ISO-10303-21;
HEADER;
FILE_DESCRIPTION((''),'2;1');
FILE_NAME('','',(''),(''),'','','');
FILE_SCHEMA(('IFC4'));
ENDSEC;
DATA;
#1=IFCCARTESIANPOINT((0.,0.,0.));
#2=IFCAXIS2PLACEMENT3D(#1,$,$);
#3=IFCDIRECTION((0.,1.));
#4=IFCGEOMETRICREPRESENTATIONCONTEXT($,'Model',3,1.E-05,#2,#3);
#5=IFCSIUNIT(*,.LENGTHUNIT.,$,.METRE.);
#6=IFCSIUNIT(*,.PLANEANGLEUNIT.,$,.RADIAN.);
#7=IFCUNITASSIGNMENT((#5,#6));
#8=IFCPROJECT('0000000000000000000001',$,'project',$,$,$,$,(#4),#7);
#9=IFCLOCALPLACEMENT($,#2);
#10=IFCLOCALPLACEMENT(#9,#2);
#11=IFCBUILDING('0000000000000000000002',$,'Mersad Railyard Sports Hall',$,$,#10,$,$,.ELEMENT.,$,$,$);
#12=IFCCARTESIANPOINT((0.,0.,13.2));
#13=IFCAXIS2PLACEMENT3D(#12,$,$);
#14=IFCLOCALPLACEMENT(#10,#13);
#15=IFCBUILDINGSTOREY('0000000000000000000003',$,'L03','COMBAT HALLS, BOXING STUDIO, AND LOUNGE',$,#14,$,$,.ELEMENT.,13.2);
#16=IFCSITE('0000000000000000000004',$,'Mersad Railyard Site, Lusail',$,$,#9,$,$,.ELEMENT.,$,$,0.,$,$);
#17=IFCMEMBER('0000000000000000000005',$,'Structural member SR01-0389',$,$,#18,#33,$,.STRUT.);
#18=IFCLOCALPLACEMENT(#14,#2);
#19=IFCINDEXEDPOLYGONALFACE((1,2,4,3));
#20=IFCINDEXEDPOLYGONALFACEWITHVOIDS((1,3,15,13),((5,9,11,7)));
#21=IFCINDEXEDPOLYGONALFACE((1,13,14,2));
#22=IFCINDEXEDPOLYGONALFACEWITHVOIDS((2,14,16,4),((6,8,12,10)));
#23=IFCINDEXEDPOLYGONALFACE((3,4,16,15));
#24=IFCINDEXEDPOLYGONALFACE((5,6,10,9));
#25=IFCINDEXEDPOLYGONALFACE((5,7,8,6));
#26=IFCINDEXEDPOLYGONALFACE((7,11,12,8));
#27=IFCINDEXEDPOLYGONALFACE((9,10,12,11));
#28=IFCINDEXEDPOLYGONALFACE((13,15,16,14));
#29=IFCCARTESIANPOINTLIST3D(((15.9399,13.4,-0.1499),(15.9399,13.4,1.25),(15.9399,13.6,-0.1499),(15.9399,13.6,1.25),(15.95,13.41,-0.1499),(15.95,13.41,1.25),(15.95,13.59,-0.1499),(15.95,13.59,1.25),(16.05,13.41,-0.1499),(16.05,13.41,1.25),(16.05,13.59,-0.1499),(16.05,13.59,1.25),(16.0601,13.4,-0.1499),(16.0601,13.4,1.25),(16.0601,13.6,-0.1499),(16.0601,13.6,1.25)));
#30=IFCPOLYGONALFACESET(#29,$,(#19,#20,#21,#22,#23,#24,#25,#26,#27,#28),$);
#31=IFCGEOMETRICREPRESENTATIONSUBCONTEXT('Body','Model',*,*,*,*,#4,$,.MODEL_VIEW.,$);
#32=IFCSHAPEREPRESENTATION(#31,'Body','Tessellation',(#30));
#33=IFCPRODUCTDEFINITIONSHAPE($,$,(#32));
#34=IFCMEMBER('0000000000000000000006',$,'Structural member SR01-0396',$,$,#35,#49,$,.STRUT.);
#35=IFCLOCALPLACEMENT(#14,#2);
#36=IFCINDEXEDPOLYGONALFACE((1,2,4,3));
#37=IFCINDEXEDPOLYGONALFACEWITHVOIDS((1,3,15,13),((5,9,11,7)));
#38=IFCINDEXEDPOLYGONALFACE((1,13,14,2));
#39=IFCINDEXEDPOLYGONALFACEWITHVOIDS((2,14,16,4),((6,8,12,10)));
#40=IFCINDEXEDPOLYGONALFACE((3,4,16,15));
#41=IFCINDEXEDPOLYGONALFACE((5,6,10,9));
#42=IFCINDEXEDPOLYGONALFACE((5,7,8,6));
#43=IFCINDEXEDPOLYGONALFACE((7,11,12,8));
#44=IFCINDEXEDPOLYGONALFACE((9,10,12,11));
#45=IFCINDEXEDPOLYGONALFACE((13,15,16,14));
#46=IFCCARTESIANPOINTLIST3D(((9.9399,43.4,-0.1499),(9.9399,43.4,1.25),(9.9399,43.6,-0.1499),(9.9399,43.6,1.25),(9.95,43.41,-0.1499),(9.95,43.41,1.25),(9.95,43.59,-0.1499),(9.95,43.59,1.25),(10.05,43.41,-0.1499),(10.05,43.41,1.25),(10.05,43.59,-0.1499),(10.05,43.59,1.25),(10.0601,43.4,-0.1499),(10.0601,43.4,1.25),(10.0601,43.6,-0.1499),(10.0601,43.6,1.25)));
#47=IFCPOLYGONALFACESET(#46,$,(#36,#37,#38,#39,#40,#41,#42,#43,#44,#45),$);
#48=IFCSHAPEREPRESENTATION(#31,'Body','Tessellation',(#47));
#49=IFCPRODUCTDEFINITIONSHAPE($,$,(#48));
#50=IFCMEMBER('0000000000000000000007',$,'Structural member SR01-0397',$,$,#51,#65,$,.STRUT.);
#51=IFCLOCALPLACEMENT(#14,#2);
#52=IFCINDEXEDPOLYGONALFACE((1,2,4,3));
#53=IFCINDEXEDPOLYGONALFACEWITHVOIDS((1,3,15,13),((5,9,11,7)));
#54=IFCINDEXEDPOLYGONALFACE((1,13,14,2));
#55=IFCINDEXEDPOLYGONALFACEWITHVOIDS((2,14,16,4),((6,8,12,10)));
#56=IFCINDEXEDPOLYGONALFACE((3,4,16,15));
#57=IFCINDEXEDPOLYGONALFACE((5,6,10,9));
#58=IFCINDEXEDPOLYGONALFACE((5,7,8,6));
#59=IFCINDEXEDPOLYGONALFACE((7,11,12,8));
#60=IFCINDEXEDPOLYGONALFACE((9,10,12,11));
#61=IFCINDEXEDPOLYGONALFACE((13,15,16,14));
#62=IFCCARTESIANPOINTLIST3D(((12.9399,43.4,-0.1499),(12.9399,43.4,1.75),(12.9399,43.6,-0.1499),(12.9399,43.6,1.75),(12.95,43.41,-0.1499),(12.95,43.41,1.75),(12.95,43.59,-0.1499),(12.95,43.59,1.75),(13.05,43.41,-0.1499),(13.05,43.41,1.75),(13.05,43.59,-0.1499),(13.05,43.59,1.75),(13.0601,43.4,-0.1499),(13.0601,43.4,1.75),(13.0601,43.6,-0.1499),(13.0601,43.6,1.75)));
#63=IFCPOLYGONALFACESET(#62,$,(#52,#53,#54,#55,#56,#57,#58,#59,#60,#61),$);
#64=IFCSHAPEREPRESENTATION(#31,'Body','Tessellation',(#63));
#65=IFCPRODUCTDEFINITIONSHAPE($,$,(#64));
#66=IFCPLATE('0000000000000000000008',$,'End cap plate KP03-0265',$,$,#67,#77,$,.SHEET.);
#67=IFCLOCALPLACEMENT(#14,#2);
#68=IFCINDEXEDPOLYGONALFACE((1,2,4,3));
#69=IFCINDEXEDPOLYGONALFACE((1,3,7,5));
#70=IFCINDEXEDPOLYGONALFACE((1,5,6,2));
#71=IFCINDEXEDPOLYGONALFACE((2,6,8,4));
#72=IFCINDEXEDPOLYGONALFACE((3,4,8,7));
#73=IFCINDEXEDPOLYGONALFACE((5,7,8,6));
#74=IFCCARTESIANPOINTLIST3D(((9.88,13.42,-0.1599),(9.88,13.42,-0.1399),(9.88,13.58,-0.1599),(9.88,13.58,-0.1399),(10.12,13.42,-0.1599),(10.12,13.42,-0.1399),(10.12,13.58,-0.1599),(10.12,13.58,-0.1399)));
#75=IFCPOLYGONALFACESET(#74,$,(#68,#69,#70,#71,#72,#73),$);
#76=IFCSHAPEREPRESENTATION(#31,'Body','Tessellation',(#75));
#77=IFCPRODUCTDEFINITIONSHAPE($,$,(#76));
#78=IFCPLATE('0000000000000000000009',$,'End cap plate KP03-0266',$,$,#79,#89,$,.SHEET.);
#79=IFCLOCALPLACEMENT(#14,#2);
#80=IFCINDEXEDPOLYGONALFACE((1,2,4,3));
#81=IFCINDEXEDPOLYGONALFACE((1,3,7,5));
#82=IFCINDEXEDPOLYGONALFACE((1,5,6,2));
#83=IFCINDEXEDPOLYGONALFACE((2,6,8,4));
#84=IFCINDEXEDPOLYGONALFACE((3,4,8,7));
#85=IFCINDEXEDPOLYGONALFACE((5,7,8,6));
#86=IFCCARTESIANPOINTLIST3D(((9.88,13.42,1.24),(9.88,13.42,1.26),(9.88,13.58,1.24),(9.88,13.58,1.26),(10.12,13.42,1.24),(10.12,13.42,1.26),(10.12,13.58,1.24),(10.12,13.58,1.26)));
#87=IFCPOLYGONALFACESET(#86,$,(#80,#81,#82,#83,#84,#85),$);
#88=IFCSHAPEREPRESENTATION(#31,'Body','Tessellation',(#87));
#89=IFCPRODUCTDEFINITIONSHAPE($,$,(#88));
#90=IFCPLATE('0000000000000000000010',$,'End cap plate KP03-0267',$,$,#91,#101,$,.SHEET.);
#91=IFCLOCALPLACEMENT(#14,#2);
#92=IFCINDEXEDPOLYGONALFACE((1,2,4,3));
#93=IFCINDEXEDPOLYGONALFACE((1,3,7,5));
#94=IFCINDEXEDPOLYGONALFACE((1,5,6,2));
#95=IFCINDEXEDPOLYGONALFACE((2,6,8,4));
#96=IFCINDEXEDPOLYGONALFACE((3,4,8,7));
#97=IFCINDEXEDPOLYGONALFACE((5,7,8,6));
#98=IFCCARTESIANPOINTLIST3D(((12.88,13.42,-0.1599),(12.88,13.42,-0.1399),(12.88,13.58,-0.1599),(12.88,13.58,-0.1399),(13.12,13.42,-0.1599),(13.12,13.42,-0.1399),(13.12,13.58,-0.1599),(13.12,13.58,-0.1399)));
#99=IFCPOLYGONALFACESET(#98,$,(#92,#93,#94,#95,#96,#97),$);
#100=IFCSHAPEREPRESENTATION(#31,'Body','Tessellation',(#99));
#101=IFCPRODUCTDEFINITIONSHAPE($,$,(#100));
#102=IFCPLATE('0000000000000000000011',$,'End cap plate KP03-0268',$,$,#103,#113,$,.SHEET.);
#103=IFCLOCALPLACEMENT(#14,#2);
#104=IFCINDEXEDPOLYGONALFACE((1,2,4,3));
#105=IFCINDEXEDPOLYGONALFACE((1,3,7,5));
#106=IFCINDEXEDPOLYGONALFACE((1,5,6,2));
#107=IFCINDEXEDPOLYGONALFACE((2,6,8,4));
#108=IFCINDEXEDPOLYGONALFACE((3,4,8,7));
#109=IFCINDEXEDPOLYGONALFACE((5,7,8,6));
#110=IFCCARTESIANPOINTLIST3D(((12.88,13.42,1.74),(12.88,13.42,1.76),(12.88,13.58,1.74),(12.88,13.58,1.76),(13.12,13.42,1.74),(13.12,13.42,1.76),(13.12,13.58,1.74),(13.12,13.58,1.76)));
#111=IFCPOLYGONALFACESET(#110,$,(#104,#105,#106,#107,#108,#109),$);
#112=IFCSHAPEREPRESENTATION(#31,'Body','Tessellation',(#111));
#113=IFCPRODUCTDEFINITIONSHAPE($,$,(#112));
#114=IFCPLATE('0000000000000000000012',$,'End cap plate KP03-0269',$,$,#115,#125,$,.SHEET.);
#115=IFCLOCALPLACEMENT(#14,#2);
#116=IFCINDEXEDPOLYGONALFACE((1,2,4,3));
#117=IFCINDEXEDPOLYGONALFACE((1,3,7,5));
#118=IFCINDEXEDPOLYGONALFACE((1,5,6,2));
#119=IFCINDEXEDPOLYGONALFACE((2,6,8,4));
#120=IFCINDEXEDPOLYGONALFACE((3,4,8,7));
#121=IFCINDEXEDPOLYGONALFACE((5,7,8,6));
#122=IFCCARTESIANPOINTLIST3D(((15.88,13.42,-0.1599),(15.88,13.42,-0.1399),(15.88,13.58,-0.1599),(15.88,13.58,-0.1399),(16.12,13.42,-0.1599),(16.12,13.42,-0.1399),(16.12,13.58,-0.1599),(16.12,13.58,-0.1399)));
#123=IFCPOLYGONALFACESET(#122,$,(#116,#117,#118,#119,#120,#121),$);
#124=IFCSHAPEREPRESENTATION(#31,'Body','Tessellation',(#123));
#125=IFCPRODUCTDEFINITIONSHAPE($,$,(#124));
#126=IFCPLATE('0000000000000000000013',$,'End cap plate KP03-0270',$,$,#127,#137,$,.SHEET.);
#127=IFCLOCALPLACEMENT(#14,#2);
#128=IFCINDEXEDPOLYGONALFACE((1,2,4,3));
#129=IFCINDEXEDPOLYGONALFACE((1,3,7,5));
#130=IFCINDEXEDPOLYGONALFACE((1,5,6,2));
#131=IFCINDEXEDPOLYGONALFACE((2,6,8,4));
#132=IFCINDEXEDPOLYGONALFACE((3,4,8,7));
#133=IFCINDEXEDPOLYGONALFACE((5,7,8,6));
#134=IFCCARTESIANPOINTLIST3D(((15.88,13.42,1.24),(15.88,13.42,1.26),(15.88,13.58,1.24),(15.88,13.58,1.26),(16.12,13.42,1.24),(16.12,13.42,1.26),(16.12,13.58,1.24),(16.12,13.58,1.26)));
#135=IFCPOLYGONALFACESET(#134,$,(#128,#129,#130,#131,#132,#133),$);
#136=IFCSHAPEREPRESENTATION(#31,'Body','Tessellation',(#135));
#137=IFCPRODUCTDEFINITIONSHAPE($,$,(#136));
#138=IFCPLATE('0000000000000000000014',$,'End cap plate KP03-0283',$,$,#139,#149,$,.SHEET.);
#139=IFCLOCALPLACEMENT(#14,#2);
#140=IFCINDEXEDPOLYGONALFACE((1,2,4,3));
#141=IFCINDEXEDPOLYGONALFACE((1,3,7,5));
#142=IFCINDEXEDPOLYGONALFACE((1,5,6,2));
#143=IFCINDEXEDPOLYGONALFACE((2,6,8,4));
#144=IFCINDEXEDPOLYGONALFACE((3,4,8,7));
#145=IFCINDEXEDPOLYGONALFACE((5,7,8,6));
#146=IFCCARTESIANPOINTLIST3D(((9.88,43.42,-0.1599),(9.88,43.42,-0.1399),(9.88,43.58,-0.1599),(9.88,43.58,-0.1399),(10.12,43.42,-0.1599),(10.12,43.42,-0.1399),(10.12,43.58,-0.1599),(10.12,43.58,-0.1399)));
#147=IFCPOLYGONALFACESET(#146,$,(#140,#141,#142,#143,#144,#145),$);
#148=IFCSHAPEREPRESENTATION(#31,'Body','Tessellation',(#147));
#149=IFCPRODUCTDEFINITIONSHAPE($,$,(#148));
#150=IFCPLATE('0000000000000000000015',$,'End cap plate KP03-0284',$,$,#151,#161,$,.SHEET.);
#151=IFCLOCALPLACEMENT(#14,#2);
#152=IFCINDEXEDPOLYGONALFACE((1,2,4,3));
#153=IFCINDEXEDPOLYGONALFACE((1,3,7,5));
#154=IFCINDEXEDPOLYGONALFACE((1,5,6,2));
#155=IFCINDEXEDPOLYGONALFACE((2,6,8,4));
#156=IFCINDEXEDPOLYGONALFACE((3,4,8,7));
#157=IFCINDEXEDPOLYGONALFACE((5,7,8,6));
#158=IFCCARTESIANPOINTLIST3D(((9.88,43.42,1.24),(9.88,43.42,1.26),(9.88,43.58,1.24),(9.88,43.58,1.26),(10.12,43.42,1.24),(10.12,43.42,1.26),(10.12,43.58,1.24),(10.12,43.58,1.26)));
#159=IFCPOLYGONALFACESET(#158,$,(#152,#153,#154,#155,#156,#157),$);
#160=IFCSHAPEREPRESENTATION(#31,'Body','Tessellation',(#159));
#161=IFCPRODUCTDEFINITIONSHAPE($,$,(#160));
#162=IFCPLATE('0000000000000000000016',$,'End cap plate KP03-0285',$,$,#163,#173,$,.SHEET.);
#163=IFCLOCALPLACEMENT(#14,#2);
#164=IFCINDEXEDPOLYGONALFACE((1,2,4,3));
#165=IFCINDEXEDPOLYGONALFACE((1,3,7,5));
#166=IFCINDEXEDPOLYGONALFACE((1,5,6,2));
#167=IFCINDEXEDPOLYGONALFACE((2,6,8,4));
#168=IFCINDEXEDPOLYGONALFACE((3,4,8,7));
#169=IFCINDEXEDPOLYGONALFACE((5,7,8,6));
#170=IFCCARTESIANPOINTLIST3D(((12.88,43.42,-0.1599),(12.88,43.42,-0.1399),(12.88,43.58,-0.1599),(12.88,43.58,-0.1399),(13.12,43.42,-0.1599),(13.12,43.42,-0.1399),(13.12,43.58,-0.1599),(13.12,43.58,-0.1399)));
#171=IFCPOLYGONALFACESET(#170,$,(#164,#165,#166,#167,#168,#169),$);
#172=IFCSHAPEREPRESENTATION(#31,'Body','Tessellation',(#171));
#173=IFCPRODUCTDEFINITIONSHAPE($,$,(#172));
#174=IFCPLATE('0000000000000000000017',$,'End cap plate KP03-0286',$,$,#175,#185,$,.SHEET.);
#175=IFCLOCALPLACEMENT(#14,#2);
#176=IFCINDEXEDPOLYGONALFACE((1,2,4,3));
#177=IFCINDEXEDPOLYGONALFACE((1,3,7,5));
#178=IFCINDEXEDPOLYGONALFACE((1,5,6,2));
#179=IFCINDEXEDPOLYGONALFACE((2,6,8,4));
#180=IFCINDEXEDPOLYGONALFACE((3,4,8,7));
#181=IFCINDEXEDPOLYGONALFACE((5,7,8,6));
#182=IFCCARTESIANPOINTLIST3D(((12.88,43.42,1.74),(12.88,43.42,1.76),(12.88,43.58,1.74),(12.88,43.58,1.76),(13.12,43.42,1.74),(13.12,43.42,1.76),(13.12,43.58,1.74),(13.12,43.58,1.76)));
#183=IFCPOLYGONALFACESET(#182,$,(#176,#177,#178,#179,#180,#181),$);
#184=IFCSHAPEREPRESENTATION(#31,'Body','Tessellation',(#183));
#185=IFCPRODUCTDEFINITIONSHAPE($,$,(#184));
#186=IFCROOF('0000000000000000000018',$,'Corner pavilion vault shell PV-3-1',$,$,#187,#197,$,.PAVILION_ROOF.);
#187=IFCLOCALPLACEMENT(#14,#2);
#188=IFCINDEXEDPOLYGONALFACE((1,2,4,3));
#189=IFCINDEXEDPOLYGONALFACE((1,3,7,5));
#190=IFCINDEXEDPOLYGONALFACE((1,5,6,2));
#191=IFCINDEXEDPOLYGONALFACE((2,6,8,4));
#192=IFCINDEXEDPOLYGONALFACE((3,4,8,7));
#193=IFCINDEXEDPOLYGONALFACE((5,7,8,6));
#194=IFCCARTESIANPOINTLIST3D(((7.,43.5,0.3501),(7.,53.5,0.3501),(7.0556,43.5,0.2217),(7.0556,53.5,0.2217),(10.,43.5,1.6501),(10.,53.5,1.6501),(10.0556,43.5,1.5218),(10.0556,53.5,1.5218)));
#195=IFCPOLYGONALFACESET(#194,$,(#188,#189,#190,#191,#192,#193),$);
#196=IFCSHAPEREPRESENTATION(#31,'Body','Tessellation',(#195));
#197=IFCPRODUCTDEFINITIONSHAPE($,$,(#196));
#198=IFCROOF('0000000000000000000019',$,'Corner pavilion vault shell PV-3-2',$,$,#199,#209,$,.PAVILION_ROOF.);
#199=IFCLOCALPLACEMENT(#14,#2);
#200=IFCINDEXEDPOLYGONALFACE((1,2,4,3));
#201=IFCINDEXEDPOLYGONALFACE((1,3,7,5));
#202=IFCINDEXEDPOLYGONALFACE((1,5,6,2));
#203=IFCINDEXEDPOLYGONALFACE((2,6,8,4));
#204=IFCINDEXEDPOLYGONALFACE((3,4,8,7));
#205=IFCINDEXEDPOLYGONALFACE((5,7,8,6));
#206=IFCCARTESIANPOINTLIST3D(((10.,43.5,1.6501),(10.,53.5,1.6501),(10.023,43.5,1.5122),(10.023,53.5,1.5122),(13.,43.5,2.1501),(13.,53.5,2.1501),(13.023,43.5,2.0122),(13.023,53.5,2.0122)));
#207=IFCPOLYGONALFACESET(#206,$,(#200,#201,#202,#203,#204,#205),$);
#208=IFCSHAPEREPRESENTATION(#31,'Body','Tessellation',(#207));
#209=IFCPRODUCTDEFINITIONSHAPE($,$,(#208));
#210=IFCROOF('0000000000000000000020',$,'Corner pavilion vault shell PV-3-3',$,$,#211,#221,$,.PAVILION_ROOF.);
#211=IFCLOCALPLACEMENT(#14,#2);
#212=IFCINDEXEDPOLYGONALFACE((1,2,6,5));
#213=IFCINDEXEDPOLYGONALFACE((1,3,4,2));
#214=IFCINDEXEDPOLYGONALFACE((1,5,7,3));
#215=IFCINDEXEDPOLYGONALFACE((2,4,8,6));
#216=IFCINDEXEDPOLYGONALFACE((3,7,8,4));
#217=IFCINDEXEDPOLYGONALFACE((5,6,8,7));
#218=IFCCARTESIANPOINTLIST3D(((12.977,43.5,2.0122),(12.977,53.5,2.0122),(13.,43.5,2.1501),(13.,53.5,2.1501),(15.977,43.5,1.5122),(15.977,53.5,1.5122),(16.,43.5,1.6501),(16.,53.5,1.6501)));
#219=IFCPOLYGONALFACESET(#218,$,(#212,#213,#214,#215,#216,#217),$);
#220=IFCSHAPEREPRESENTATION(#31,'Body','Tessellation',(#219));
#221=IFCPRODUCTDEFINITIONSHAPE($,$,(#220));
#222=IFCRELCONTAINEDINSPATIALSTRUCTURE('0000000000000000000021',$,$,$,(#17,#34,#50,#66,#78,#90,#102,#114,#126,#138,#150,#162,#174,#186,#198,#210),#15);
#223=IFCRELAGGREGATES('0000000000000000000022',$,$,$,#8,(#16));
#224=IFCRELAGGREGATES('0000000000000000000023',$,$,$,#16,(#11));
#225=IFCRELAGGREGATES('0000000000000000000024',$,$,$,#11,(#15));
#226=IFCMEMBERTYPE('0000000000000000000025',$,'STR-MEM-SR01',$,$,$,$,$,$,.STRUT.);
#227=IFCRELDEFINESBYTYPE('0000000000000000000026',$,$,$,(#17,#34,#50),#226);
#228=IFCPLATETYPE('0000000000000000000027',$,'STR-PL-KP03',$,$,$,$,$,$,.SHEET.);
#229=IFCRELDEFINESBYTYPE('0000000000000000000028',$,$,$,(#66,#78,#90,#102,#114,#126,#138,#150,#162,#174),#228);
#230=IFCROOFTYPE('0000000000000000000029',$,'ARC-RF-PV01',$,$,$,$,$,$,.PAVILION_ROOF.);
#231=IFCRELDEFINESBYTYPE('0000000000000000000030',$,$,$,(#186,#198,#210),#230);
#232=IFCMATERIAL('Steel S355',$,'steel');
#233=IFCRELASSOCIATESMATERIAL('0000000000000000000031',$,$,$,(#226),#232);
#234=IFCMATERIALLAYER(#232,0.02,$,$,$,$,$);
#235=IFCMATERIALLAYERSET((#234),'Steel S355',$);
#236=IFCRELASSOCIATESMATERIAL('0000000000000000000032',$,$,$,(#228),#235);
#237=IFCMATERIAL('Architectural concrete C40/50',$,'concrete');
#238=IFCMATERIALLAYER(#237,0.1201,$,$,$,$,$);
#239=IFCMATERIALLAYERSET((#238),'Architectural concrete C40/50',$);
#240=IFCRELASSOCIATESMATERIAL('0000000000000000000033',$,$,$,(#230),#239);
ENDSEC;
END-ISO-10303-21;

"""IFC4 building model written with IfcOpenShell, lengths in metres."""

from ifc_helpers import new_model, si_unit, direction, frame, origin, origin_2d, place, context, subcontext, project, spatial, polyline, rectangle, hollow_rectangle, outline, extrude, material, layer, layer_set, material_profile, profile_set, type_object, element, save


model = new_model("IFC4")

# Units and contexts
model_context = context("Model", 3, precision=1e-05, world=origin(), true_north=direction((0.0, 1.0)))
body_context = subcontext(model_context, "Body", "Model", "MODEL_VIEW")
ifc_project = project(units=[si_unit("LENGTHUNIT", "METRE"), si_unit("PLANEANGLEUNIT", "RADIAN")], contexts=[model_context])

# Site, building, storey
site_placement = place(None, origin())
site = spatial("IfcSite", under=ifc_project, at=site_placement, Name="Mersad Railyard Site, Lusail", CompositionType="ELEMENT", RefElevation=0.0)
building_placement = place(site_placement, origin())
building = spatial("IfcBuilding", under=site, at=building_placement, Name="Mersad Railyard Sports Hall", CompositionType="ELEMENT")
storey_placement = place(building_placement, frame((0.0, 0.0, 13.2)))
storey = spatial("IfcBuildingStorey", under=building, at=storey_placement, Name="L03", Description="COMBAT HALLS, BOXING STUDIO, AND LOUNGE", CompositionType="ELEMENT", Elevation=13.2)

# Members
ifc_material_1 = material(Name="Steel S355", Category="steel")
ifc_material_profile_1 = material_profile(ifc_material_1, hollow_rectangle(XDim=0.1201, YDim=0.2, WallThickness=0.01, at=origin_2d()), Name="RHS 200x120x10")
ifc_profile_set_1 = profile_set([ifc_material_profile_1], Name="Steel S355")
member_type = type_object("IfcMemberType", Name="STR-MEM-SR01", PredefinedType="STRUT", material=ifc_profile_set_1)
for number, where, z_axis, x_axis, name in (
    (1, (16.0, 13.5, -0.1499), (0.0, 0.0, 1.0), (1.0, 0.0, 0.0), "Structural member SR01-0389"),
    (2, (10.0, 43.5, -0.1499), (0.0, 0.0, 1.0), (1.0, 0.0, 0.0), "Structural member SR01-0396"),
):
    element("IfcMember", number, at=place(storey_placement, frame(where, z_axis=z_axis, x_axis=x_axis)), inside=storey, type_object=member_type, Name=name, PredefinedType="STRUT", context=body_context, shape_type="SweptSolid", body=[
        extrude(hollow_rectangle(XDim=0.1201, YDim=0.2, WallThickness=0.01, at=origin_2d()), origin(), (0.0, 0.0, 1.0), 1.3999),
    ])
member_1_placement = place(storey_placement, frame((13.0, 43.5, -0.1499), z_axis=(0.0, 0.0, 1.0), x_axis=(1.0, 0.0, 0.0)))
element("IfcMember", 3, at=member_1_placement, inside=storey, type_object=member_type, Name="Structural member SR01-0397", PredefinedType="STRUT", context=body_context, shape_type="SweptSolid", body=[
    extrude(hollow_rectangle(XDim=0.1201, YDim=0.2, WallThickness=0.01, at=origin_2d()), origin(), (0.0, 0.0, 1.0), 1.8999),
])

# Plates
ifc_layer_1 = layer(ifc_material_1, 0.02)
ifc_layer_set_1 = layer_set([ifc_layer_1], Name="Steel S355")
plate_type = type_object("IfcPlateType", Name="STR-PL-KP03", PredefinedType="SHEET", material=ifc_layer_set_1)
for number, where, z_axis, x_axis, name in (
    (4, (10.0, 13.5, -0.1599), (0.0, 0.0, 1.0), (1.0, 0.0, 0.0), "End cap plate KP03-0265"),
    (5, (10.0, 13.5, 1.24), (0.0, 0.0, 1.0), (1.0, 0.0, 0.0), "End cap plate KP03-0266"),
    (6, (13.0, 13.5, -0.1599), (0.0, 0.0, 1.0), (1.0, 0.0, 0.0), "End cap plate KP03-0267"),
    (7, (13.0, 13.5, 1.74), (0.0, 0.0, 1.0), (1.0, 0.0, 0.0), "End cap plate KP03-0268"),
    (8, (16.0, 13.5, -0.1599), (0.0, 0.0, 1.0), (1.0, 0.0, 0.0), "End cap plate KP03-0269"),
    (9, (16.0, 13.5, 1.24), (0.0, 0.0, 1.0), (1.0, 0.0, 0.0), "End cap plate KP03-0270"),
    (10, (10.0, 43.5, -0.1599), (0.0, 0.0, 1.0), (1.0, 0.0, 0.0), "End cap plate KP03-0283"),
    (11, (10.0, 43.5, 1.24), (0.0, 0.0, 1.0), (1.0, 0.0, 0.0), "End cap plate KP03-0284"),
    (12, (13.0, 43.5, -0.1599), (0.0, 0.0, 1.0), (1.0, 0.0, 0.0), "End cap plate KP03-0285"),
    (13, (13.0, 43.5, 1.74), (0.0, 0.0, 1.0), (1.0, 0.0, 0.0), "End cap plate KP03-0286"),
):
    element("IfcPlate", number, at=place(storey_placement, frame(where, z_axis=z_axis, x_axis=x_axis)), inside=storey, type_object=plate_type, Name=name, PredefinedType="SHEET", context=body_context, shape_type="SweptSolid", body=[
        extrude(rectangle(XDim=0.24, YDim=0.1599, at=origin_2d()), origin(), (0.0, 0.0, 1.0), 0.02),
    ])

# Roofs
ifc_material_2 = material(Name="Architectural concrete C40/50", Category="concrete")
ifc_layer_2 = layer(ifc_material_2, 0.1201)
ifc_layer_set_2 = layer_set([ifc_layer_2], Name="Architectural concrete C40/50")
roof_type = type_object("IfcRoofType", Name="ARC-RF-PV01", PredefinedType="PAVILION_ROOF", material=ifc_layer_set_2)
roof_placement = place(storey_placement, frame((7.0, 43.5, 0.3501), z_axis=(-0.39762, 0.0, 0.91755), x_axis=(0.91755, 0.0, 0.39762)))
element("IfcRoof", 14, at=roof_placement, inside=storey, type_object=roof_type, Name="Corner pavilion vault shell PV-3-1", PredefinedType="PAVILION_ROOF", context=body_context, shape_type="SweptSolid", body=[
    extrude(outline(polyline([(0.0, 0.0), (3.2696, 0.0), (3.2696, 10.0), (0.0, 10.0), (0.0, 0.0)])), origin(), (0.0, 0.0, -1.0), 0.1399),
])
for number, where, z_axis, x_axis, name in (
    (15, (10.0, 43.5, 1.6501), (-0.164399, 0.0, 0.986394), (0.986394, 0.0, 0.164399), "Corner pavilion vault shell PV-3-2"),
    (16, (13.0, 43.5, 2.1501), (0.164399, 0.0, 0.986394), (0.986394, 0.0, -0.164399), "Corner pavilion vault shell PV-3-3"),
):
    element("IfcRoof", number, at=place(storey_placement, frame(where, z_axis=z_axis, x_axis=x_axis)), inside=storey, type_object=roof_type, Name=name, PredefinedType="PAVILION_ROOF", context=body_context, shape_type="SweptSolid", body=[
        extrude(outline(polyline([(0.0, 0.0), (3.0414, 0.0), (3.0414, 10.0), (0.0, 10.0), (0.0, 0.0)])), origin(), (0.0, 0.0, -1.0), 0.1399),
    ])

save(model, "model.ifc")
